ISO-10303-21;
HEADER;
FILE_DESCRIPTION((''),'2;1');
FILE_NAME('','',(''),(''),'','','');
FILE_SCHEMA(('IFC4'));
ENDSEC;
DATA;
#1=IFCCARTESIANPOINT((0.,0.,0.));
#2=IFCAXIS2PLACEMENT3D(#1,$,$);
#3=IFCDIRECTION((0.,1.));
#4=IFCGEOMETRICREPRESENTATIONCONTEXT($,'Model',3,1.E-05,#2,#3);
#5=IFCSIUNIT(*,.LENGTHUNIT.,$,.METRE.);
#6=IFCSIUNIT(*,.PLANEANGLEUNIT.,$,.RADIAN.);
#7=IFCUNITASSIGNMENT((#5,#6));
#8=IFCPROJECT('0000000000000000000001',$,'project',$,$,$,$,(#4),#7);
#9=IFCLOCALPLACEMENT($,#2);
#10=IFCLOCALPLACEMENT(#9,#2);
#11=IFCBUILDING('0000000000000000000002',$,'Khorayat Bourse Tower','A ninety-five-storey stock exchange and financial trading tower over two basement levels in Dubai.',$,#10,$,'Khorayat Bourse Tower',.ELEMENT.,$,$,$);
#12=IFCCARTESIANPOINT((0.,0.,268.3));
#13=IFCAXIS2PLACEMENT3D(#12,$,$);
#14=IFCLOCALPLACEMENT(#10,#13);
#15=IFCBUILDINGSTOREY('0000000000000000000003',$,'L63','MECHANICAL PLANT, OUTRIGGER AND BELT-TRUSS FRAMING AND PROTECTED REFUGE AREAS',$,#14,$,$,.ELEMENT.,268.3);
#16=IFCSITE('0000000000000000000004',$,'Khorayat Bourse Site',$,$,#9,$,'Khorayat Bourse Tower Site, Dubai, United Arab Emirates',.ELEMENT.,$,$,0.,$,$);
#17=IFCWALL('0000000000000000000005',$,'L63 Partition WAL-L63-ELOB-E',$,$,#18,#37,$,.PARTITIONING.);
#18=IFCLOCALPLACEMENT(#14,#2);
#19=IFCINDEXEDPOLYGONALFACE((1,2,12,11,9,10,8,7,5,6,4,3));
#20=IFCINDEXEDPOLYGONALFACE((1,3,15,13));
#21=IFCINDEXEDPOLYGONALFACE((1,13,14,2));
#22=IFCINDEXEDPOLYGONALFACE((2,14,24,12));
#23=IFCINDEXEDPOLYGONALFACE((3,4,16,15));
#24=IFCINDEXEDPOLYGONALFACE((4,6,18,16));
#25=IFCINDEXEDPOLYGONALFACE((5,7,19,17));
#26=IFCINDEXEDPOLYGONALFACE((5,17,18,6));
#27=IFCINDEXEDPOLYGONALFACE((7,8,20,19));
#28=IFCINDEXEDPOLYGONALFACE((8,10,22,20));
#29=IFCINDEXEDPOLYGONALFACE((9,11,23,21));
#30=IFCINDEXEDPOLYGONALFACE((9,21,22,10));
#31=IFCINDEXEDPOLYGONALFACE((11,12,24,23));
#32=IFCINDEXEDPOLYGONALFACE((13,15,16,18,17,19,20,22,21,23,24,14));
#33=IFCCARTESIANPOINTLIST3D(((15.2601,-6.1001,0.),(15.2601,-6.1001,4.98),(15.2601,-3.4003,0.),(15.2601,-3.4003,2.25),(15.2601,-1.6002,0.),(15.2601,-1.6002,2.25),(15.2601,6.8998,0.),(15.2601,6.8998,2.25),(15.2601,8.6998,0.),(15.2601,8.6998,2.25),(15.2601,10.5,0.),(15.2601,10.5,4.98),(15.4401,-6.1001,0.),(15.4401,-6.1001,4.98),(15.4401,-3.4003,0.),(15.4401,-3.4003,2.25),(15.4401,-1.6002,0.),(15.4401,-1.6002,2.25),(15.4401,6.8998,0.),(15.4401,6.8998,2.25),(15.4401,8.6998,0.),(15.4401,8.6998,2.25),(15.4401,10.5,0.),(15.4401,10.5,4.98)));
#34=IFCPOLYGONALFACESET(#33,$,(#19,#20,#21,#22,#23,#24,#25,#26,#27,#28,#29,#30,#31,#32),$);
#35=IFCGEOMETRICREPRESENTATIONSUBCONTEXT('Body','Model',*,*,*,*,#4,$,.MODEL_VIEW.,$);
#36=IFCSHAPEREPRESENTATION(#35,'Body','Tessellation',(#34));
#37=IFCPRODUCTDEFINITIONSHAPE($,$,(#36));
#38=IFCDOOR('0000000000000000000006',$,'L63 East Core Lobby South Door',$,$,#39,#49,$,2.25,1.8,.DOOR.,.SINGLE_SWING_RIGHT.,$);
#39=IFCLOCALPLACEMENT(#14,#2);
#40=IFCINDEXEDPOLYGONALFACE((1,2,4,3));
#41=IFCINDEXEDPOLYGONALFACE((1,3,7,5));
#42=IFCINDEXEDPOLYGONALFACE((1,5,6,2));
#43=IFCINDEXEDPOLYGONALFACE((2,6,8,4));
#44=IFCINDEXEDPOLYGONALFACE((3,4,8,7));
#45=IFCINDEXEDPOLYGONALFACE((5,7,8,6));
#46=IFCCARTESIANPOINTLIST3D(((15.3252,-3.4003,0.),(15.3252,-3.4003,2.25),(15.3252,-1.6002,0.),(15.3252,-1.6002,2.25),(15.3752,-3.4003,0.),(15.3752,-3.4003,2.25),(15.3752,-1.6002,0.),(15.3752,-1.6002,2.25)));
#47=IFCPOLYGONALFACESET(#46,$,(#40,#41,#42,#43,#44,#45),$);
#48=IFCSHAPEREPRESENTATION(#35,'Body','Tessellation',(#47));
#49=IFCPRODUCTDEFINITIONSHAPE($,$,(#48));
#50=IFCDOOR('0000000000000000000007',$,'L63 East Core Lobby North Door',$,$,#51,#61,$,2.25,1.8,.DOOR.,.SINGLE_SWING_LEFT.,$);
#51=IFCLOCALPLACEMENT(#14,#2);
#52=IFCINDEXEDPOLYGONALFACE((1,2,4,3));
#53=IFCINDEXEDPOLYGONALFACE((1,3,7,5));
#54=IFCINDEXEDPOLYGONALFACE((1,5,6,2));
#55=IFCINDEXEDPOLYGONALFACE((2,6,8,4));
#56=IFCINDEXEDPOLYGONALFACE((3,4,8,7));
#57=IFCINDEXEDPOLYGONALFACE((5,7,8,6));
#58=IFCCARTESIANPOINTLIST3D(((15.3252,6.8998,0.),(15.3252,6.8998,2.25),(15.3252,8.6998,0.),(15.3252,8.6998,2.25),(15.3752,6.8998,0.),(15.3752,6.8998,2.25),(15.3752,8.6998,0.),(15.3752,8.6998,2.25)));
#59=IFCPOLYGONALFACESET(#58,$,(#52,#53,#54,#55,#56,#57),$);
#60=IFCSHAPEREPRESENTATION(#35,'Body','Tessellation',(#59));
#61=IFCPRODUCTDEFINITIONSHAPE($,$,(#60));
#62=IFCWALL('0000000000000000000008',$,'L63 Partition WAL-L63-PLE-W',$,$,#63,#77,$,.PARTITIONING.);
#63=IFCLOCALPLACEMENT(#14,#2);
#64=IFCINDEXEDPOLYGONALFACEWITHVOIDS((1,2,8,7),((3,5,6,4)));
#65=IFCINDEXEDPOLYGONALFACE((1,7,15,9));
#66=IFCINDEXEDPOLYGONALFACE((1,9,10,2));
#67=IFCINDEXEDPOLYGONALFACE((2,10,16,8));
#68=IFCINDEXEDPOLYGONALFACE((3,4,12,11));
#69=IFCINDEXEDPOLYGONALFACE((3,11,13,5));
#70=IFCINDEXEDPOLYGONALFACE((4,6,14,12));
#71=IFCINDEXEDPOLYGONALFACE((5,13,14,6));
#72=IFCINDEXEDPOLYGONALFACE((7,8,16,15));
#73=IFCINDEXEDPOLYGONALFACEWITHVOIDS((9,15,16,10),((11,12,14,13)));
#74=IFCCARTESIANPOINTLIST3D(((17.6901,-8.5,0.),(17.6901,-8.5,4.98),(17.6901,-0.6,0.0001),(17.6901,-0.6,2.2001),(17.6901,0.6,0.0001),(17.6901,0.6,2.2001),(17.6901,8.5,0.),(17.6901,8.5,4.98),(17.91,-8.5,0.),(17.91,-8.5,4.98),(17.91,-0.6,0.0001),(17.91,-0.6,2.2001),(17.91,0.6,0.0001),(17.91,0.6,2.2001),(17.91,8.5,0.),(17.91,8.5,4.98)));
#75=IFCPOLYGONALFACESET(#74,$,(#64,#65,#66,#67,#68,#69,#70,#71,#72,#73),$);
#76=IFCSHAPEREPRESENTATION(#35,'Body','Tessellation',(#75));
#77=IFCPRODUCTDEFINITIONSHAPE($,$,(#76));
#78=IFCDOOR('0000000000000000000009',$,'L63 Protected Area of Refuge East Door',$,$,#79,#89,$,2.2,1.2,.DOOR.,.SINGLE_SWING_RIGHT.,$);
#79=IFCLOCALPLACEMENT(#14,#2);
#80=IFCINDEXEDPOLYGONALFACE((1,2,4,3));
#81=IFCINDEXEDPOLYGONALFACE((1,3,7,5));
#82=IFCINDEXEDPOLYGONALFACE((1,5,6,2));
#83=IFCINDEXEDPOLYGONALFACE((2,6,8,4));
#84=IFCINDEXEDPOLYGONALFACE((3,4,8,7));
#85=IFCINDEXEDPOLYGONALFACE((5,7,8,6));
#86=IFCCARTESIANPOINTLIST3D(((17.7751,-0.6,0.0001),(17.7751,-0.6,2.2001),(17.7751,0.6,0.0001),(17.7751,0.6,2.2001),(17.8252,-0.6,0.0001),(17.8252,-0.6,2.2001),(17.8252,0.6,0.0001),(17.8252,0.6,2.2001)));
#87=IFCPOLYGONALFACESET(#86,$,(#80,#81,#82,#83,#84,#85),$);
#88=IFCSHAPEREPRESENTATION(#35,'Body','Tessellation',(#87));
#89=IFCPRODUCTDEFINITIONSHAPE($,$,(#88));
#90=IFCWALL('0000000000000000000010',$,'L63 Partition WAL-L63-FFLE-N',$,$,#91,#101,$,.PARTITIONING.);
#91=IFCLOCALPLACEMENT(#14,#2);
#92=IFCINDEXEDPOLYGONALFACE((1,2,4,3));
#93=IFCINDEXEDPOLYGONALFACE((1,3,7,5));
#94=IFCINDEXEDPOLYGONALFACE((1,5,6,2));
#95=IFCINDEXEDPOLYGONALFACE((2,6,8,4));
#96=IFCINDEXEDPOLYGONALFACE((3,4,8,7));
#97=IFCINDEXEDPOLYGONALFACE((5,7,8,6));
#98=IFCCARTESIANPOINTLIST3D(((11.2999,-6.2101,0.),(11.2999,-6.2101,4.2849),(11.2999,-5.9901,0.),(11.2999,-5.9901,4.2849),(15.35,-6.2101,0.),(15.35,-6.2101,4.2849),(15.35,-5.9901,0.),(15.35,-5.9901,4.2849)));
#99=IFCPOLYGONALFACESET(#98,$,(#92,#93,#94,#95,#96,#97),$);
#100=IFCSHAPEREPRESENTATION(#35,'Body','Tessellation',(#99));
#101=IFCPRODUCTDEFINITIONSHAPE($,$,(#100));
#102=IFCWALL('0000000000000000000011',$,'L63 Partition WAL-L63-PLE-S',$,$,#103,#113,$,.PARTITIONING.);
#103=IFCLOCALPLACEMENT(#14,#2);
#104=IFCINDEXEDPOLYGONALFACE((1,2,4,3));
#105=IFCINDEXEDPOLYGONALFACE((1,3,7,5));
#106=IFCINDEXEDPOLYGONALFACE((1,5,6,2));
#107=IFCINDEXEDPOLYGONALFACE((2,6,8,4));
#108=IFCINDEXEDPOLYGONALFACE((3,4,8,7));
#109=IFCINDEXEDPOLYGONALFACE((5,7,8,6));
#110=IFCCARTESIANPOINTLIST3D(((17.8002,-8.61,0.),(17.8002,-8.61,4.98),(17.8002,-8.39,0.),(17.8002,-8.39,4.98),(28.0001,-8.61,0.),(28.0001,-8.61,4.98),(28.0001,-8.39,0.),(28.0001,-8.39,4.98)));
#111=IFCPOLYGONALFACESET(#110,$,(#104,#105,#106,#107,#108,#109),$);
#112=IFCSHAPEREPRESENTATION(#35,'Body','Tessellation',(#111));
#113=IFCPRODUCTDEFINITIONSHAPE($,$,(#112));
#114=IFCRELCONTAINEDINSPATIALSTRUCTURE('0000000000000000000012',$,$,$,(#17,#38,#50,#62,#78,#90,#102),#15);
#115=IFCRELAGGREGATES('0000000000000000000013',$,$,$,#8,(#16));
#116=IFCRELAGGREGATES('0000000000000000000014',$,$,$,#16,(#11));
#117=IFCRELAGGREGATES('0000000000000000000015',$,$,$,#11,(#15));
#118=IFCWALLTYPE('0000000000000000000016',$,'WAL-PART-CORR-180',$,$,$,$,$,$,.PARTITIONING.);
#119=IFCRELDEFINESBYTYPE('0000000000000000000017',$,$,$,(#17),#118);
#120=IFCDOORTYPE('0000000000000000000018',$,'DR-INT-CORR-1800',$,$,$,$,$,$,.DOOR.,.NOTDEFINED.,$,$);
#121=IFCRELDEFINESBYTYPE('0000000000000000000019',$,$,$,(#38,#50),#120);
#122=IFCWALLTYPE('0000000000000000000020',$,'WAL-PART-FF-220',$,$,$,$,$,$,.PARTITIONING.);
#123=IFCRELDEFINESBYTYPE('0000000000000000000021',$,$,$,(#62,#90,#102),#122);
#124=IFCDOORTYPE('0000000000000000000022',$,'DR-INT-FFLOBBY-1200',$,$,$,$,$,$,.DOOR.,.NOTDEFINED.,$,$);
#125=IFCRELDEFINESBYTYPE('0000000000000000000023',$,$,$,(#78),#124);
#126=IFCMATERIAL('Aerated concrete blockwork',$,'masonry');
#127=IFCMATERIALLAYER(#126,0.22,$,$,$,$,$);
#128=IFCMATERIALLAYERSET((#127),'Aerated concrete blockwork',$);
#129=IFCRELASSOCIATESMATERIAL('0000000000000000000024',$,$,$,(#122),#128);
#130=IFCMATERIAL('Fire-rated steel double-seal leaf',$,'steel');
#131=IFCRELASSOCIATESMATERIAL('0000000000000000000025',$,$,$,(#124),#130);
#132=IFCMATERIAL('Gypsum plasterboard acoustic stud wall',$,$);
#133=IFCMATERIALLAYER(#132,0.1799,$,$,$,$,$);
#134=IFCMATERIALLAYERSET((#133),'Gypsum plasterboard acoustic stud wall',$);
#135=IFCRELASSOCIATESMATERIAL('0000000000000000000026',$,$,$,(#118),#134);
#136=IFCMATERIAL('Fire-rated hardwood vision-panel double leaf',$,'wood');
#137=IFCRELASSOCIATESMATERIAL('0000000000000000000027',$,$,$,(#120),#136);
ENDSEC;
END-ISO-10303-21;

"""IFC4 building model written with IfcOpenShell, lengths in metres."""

from ifc_helpers import new_model, si_unit, direction, frame, frame_2d, origin, place, context, subcontext, project, spatial, rectangle, extrude, source, transform, mapped, material, layer, layer_set, type_object, element, fill, save


model = new_model("IFC4")

# Units and contexts
model_context = context("Model", 3, precision=1e-05, world=origin(), true_north=direction((0.0, 1.0)))
body_context = subcontext(model_context, "Body", "Model", "MODEL_VIEW")
ifc_project = project(units=[si_unit("LENGTHUNIT", "METRE"), si_unit("PLANEANGLEUNIT", "RADIAN")], contexts=[model_context])

# Site, building, storey
site_placement = place(None, origin())
site = spatial("IfcSite", under=ifc_project, at=site_placement, Name="Khorayat Bourse Site", LongName="Khorayat Bourse Tower Site, Dubai, United Arab Emirates", CompositionType="ELEMENT", RefElevation=0.0)
building_placement = place(site_placement, origin())
building = spatial("IfcBuilding", under=site, at=building_placement, Name="Khorayat Bourse Tower", Description="A ninety-five-storey stock exchange and financial trading tower over two basement levels in Dubai.", LongName="Khorayat Bourse Tower", CompositionType="ELEMENT")
storey_placement = place(building_placement, frame((0.0, 0.0, 268.3)))
storey = spatial("IfcBuildingStorey", under=building, at=storey_placement, Name="L63", Description="MECHANICAL PLANT, OUTRIGGER AND BELT-TRUSS FRAMING AND PROTECTED REFUGE AREAS", CompositionType="ELEMENT", Elevation=268.3)

# Shared definitions
ifc_material_1 = material(Name="Aerated concrete blockwork", Category="masonry")
ifc_layer_1 = layer(ifc_material_1, 0.22)
ifc_layer_set_1 = layer_set([ifc_layer_1], Name="Aerated concrete blockwork")
wall_type_1 = type_object("IfcWallType", Name="WAL-PART-FF-220", PredefinedType="PARTITIONING", material=ifc_layer_set_1)

# Shared definitions
shared_shape_1 = source(origin(), body_context, "Body", "SweptSolid", [
    extrude(rectangle(XDim=1.2, YDim=2.2, at=frame_2d((0.6001, 1.1001))), frame((0.0, 0.1199, 0.0), z_axis=(0.0, -1.0, 0.0), x_axis=(1.0, 0.0, 0.0)), (0.0, 0.0, 1.0), 0.24),
])
ifc_material_2 = material(Name="Fire-rated steel double-seal leaf", Category="steel")
door_type_1 = type_object("IfcDoorType", Name="DR-INT-FFLOBBY-1200", OperationType="NOTDEFINED", PredefinedType="DOOR", material=ifc_material_2)
shared_shape_2 = source(origin(), body_context, "Body", "SweptSolid", [
    extrude(rectangle(XDim=1.2, YDim=2.2, at=frame_2d((0.6001, 1.1001))), frame((0.0, 0.0249, 0.0), z_axis=(0.0, -1.0, 0.0), x_axis=(1.0, 0.0, 0.0)), (0.0, 0.0, 1.0), 0.05),
])

# Wall, openings, doors
ifc_material_3 = material(Name="Gypsum plasterboard acoustic stud wall")
ifc_layer_2 = layer(ifc_material_3, 0.1799)
ifc_layer_set_2 = layer_set([ifc_layer_2], Name="Gypsum plasterboard acoustic stud wall")
wall_type_2 = type_object("IfcWallType", Name="WAL-PART-CORR-180", PredefinedType="PARTITIONING", material=ifc_layer_set_2)
shared_shape_3 = source(origin(), body_context, "Body", "SweptSolid", [
    extrude(rectangle(XDim=16.6001, YDim=0.1799, at=frame_2d((8.3, 0.0))), origin(), (0.0, 0.0, 1.0), 4.98),
])
wall_1_placement = place(storey_placement, frame((15.3501, -6.1001, 0.0), z_axis=(0.0, 0.0, 1.0), x_axis=(0.0, 1.0, 0.0)))
wall_1 = element("IfcWall", 1, at=wall_1_placement, inside=storey, type_object=wall_type_2, Name="L63 Partition WAL-L63-ELOB-E", PredefinedType="PARTITIONING", context=body_context, shape_type="MappedRepresentation", body=[
    mapped(shared_shape_3, transform((0.0, 0.0, 0.0), scale=1.0)),
])
shared_shape_4 = source(origin(), body_context, "Body", "SweptSolid", [
    extrude(rectangle(XDim=1.8, YDim=2.25, at=frame_2d((0.8999, 1.125))), frame((0.0, 0.0999, 0.0), z_axis=(0.0, -1.0, 0.0), x_axis=(1.0, 0.0, 0.0)), (0.0, 0.0, 1.0), 0.2),
])
opening_1_placement = place(wall_1_placement, frame((2.7, 0.0, 0.0)))
opening_1 = element("IfcOpeningElement", 2, at=opening_1_placement, cuts=wall_1, PredefinedType="OPENING", context=body_context, shape_type="MappedRepresentation", body=[
    mapped(shared_shape_4, transform((0.0, 0.0, 0.0), scale=1.0)),
])
opening_2_placement = place(wall_1_placement, frame((13.0, 0.0, 0.0)))
opening_2 = element("IfcOpeningElement", 3, at=opening_2_placement, cuts=wall_1, PredefinedType="OPENING", context=body_context, shape_type="MappedRepresentation", body=[
    mapped(shared_shape_4, transform((0.0, 0.0, 0.0), scale=1.0)),
])
ifc_material_4 = material(Name="Fire-rated hardwood vision-panel double leaf", Category="wood")
door_type_2 = type_object("IfcDoorType", Name="DR-INT-CORR-1800", OperationType="NOTDEFINED", PredefinedType="DOOR", material=ifc_material_4)
shared_shape_5 = source(origin(), body_context, "Body", "SweptSolid", [
    extrude(rectangle(XDim=1.8, YDim=2.25, at=frame_2d((0.8999, 1.125))), frame((0.0, 0.0249, 0.0), z_axis=(0.0, -1.0, 0.0), x_axis=(1.0, 0.0, 0.0)), (0.0, 0.0, 1.0), 0.05),
])
door_1_placement = place(opening_1_placement, origin())
door_1 = element("IfcDoor", 4, at=door_1_placement, inside=storey, type_object=door_type_2, Name="L63 East Core Lobby South Door", OperationType="SINGLE_SWING_RIGHT", OverallHeight=2.25, OverallWidth=1.8, PredefinedType="DOOR", context=body_context, shape_type="MappedRepresentation", body=[
    mapped(shared_shape_5, transform((0.0, 0.0, 0.0), scale=1.0)),
])
fill(opening_1, door_1)
door_2_placement = place(opening_2_placement, origin())
door_2 = element("IfcDoor", 5, at=door_2_placement, inside=storey, type_object=door_type_2, Name="L63 East Core Lobby North Door", OperationType="SINGLE_SWING_LEFT", OverallHeight=2.25, OverallWidth=1.8, PredefinedType="DOOR", context=body_context, shape_type="MappedRepresentation", body=[
    mapped(shared_shape_5, transform((0.0, 0.0, 0.0), scale=1.0)),
])
fill(opening_2, door_2)

# Wall, opening, door
shared_shape_6 = source(origin(), body_context, "Body", "SweptSolid", [
    extrude(rectangle(XDim=17.0, YDim=0.22, at=frame_2d((8.5, 0.0))), origin(), (0.0, 0.0, 1.0), 4.98),
])
wall_2_placement = place(storey_placement, frame((17.8, -8.5, 0.0), z_axis=(0.0, 0.0, 1.0), x_axis=(0.0, 1.0, 0.0)))
wall_2 = element("IfcWall", 6, at=wall_2_placement, inside=storey, type_object=wall_type_1, Name="L63 Partition WAL-L63-PLE-W", PredefinedType="PARTITIONING", context=body_context, shape_type="MappedRepresentation", body=[
    mapped(shared_shape_6, transform((0.0, 0.0, 0.0), scale=1.0)),
])
opening_3_placement = place(wall_2_placement, frame((7.8999, 0.0, 0.0)))
opening_3 = element("IfcOpeningElement", 7, at=opening_3_placement, cuts=wall_2, PredefinedType="OPENING", context=body_context, shape_type="MappedRepresentation", body=[
    mapped(shared_shape_1, transform((0.0, 0.0, 0.0), scale=1.0)),
])
door_3_placement = place(opening_3_placement, origin())
door_3 = element("IfcDoor", 8, at=door_3_placement, inside=storey, type_object=door_type_1, Name="L63 Protected Area of Refuge East Door", OperationType="SINGLE_SWING_RIGHT", OverallHeight=2.2, OverallWidth=1.2, PredefinedType="DOOR", context=body_context, shape_type="MappedRepresentation", body=[
    mapped(shared_shape_2, transform((0.0, 0.0, 0.0), scale=1.0)),
])
fill(opening_3, door_3)

# Walls
shared_shape_7 = source(origin(), body_context, "Body", "SweptSolid", [
    extrude(rectangle(XDim=4.05, YDim=0.22, at=frame_2d((2.0249, 0.0))), origin(), (0.0, 0.0, 1.0), 4.2849),
])
wall_3_placement = place(storey_placement, frame((11.3, -6.1001, 0.0), z_axis=(0.0, 0.0, 1.0), x_axis=(1.0, 0.0, 0.0)))
element("IfcWall", 9, at=wall_3_placement, inside=storey, type_object=wall_type_1, Name="L63 Partition WAL-L63-FFLE-N", PredefinedType="PARTITIONING", context=body_context, shape_type="MappedRepresentation", body=[
    mapped(shared_shape_7, transform((0.0, 0.0, 0.0), scale=1.0)),
])
shared_shape_8 = source(origin(), body_context, "Body", "SweptSolid", [
    extrude(rectangle(XDim=10.2, YDim=0.22, at=frame_2d((5.1001, 0.0))), origin(), (0.0, 0.0, 1.0), 4.98),
])
wall_4_placement = place(storey_placement, frame((17.8, -8.5, 0.0), z_axis=(0.0, 0.0, 1.0), x_axis=(1.0, 0.0, 0.0)))
element("IfcWall", 10, at=wall_4_placement, inside=storey, type_object=wall_type_1, Name="L63 Partition WAL-L63-PLE-S", PredefinedType="PARTITIONING", context=body_context, shape_type="MappedRepresentation", body=[
    mapped(shared_shape_8, transform((0.0, 0.0, 0.0), scale=1.0)),
])

save(model, "model.ifc")
